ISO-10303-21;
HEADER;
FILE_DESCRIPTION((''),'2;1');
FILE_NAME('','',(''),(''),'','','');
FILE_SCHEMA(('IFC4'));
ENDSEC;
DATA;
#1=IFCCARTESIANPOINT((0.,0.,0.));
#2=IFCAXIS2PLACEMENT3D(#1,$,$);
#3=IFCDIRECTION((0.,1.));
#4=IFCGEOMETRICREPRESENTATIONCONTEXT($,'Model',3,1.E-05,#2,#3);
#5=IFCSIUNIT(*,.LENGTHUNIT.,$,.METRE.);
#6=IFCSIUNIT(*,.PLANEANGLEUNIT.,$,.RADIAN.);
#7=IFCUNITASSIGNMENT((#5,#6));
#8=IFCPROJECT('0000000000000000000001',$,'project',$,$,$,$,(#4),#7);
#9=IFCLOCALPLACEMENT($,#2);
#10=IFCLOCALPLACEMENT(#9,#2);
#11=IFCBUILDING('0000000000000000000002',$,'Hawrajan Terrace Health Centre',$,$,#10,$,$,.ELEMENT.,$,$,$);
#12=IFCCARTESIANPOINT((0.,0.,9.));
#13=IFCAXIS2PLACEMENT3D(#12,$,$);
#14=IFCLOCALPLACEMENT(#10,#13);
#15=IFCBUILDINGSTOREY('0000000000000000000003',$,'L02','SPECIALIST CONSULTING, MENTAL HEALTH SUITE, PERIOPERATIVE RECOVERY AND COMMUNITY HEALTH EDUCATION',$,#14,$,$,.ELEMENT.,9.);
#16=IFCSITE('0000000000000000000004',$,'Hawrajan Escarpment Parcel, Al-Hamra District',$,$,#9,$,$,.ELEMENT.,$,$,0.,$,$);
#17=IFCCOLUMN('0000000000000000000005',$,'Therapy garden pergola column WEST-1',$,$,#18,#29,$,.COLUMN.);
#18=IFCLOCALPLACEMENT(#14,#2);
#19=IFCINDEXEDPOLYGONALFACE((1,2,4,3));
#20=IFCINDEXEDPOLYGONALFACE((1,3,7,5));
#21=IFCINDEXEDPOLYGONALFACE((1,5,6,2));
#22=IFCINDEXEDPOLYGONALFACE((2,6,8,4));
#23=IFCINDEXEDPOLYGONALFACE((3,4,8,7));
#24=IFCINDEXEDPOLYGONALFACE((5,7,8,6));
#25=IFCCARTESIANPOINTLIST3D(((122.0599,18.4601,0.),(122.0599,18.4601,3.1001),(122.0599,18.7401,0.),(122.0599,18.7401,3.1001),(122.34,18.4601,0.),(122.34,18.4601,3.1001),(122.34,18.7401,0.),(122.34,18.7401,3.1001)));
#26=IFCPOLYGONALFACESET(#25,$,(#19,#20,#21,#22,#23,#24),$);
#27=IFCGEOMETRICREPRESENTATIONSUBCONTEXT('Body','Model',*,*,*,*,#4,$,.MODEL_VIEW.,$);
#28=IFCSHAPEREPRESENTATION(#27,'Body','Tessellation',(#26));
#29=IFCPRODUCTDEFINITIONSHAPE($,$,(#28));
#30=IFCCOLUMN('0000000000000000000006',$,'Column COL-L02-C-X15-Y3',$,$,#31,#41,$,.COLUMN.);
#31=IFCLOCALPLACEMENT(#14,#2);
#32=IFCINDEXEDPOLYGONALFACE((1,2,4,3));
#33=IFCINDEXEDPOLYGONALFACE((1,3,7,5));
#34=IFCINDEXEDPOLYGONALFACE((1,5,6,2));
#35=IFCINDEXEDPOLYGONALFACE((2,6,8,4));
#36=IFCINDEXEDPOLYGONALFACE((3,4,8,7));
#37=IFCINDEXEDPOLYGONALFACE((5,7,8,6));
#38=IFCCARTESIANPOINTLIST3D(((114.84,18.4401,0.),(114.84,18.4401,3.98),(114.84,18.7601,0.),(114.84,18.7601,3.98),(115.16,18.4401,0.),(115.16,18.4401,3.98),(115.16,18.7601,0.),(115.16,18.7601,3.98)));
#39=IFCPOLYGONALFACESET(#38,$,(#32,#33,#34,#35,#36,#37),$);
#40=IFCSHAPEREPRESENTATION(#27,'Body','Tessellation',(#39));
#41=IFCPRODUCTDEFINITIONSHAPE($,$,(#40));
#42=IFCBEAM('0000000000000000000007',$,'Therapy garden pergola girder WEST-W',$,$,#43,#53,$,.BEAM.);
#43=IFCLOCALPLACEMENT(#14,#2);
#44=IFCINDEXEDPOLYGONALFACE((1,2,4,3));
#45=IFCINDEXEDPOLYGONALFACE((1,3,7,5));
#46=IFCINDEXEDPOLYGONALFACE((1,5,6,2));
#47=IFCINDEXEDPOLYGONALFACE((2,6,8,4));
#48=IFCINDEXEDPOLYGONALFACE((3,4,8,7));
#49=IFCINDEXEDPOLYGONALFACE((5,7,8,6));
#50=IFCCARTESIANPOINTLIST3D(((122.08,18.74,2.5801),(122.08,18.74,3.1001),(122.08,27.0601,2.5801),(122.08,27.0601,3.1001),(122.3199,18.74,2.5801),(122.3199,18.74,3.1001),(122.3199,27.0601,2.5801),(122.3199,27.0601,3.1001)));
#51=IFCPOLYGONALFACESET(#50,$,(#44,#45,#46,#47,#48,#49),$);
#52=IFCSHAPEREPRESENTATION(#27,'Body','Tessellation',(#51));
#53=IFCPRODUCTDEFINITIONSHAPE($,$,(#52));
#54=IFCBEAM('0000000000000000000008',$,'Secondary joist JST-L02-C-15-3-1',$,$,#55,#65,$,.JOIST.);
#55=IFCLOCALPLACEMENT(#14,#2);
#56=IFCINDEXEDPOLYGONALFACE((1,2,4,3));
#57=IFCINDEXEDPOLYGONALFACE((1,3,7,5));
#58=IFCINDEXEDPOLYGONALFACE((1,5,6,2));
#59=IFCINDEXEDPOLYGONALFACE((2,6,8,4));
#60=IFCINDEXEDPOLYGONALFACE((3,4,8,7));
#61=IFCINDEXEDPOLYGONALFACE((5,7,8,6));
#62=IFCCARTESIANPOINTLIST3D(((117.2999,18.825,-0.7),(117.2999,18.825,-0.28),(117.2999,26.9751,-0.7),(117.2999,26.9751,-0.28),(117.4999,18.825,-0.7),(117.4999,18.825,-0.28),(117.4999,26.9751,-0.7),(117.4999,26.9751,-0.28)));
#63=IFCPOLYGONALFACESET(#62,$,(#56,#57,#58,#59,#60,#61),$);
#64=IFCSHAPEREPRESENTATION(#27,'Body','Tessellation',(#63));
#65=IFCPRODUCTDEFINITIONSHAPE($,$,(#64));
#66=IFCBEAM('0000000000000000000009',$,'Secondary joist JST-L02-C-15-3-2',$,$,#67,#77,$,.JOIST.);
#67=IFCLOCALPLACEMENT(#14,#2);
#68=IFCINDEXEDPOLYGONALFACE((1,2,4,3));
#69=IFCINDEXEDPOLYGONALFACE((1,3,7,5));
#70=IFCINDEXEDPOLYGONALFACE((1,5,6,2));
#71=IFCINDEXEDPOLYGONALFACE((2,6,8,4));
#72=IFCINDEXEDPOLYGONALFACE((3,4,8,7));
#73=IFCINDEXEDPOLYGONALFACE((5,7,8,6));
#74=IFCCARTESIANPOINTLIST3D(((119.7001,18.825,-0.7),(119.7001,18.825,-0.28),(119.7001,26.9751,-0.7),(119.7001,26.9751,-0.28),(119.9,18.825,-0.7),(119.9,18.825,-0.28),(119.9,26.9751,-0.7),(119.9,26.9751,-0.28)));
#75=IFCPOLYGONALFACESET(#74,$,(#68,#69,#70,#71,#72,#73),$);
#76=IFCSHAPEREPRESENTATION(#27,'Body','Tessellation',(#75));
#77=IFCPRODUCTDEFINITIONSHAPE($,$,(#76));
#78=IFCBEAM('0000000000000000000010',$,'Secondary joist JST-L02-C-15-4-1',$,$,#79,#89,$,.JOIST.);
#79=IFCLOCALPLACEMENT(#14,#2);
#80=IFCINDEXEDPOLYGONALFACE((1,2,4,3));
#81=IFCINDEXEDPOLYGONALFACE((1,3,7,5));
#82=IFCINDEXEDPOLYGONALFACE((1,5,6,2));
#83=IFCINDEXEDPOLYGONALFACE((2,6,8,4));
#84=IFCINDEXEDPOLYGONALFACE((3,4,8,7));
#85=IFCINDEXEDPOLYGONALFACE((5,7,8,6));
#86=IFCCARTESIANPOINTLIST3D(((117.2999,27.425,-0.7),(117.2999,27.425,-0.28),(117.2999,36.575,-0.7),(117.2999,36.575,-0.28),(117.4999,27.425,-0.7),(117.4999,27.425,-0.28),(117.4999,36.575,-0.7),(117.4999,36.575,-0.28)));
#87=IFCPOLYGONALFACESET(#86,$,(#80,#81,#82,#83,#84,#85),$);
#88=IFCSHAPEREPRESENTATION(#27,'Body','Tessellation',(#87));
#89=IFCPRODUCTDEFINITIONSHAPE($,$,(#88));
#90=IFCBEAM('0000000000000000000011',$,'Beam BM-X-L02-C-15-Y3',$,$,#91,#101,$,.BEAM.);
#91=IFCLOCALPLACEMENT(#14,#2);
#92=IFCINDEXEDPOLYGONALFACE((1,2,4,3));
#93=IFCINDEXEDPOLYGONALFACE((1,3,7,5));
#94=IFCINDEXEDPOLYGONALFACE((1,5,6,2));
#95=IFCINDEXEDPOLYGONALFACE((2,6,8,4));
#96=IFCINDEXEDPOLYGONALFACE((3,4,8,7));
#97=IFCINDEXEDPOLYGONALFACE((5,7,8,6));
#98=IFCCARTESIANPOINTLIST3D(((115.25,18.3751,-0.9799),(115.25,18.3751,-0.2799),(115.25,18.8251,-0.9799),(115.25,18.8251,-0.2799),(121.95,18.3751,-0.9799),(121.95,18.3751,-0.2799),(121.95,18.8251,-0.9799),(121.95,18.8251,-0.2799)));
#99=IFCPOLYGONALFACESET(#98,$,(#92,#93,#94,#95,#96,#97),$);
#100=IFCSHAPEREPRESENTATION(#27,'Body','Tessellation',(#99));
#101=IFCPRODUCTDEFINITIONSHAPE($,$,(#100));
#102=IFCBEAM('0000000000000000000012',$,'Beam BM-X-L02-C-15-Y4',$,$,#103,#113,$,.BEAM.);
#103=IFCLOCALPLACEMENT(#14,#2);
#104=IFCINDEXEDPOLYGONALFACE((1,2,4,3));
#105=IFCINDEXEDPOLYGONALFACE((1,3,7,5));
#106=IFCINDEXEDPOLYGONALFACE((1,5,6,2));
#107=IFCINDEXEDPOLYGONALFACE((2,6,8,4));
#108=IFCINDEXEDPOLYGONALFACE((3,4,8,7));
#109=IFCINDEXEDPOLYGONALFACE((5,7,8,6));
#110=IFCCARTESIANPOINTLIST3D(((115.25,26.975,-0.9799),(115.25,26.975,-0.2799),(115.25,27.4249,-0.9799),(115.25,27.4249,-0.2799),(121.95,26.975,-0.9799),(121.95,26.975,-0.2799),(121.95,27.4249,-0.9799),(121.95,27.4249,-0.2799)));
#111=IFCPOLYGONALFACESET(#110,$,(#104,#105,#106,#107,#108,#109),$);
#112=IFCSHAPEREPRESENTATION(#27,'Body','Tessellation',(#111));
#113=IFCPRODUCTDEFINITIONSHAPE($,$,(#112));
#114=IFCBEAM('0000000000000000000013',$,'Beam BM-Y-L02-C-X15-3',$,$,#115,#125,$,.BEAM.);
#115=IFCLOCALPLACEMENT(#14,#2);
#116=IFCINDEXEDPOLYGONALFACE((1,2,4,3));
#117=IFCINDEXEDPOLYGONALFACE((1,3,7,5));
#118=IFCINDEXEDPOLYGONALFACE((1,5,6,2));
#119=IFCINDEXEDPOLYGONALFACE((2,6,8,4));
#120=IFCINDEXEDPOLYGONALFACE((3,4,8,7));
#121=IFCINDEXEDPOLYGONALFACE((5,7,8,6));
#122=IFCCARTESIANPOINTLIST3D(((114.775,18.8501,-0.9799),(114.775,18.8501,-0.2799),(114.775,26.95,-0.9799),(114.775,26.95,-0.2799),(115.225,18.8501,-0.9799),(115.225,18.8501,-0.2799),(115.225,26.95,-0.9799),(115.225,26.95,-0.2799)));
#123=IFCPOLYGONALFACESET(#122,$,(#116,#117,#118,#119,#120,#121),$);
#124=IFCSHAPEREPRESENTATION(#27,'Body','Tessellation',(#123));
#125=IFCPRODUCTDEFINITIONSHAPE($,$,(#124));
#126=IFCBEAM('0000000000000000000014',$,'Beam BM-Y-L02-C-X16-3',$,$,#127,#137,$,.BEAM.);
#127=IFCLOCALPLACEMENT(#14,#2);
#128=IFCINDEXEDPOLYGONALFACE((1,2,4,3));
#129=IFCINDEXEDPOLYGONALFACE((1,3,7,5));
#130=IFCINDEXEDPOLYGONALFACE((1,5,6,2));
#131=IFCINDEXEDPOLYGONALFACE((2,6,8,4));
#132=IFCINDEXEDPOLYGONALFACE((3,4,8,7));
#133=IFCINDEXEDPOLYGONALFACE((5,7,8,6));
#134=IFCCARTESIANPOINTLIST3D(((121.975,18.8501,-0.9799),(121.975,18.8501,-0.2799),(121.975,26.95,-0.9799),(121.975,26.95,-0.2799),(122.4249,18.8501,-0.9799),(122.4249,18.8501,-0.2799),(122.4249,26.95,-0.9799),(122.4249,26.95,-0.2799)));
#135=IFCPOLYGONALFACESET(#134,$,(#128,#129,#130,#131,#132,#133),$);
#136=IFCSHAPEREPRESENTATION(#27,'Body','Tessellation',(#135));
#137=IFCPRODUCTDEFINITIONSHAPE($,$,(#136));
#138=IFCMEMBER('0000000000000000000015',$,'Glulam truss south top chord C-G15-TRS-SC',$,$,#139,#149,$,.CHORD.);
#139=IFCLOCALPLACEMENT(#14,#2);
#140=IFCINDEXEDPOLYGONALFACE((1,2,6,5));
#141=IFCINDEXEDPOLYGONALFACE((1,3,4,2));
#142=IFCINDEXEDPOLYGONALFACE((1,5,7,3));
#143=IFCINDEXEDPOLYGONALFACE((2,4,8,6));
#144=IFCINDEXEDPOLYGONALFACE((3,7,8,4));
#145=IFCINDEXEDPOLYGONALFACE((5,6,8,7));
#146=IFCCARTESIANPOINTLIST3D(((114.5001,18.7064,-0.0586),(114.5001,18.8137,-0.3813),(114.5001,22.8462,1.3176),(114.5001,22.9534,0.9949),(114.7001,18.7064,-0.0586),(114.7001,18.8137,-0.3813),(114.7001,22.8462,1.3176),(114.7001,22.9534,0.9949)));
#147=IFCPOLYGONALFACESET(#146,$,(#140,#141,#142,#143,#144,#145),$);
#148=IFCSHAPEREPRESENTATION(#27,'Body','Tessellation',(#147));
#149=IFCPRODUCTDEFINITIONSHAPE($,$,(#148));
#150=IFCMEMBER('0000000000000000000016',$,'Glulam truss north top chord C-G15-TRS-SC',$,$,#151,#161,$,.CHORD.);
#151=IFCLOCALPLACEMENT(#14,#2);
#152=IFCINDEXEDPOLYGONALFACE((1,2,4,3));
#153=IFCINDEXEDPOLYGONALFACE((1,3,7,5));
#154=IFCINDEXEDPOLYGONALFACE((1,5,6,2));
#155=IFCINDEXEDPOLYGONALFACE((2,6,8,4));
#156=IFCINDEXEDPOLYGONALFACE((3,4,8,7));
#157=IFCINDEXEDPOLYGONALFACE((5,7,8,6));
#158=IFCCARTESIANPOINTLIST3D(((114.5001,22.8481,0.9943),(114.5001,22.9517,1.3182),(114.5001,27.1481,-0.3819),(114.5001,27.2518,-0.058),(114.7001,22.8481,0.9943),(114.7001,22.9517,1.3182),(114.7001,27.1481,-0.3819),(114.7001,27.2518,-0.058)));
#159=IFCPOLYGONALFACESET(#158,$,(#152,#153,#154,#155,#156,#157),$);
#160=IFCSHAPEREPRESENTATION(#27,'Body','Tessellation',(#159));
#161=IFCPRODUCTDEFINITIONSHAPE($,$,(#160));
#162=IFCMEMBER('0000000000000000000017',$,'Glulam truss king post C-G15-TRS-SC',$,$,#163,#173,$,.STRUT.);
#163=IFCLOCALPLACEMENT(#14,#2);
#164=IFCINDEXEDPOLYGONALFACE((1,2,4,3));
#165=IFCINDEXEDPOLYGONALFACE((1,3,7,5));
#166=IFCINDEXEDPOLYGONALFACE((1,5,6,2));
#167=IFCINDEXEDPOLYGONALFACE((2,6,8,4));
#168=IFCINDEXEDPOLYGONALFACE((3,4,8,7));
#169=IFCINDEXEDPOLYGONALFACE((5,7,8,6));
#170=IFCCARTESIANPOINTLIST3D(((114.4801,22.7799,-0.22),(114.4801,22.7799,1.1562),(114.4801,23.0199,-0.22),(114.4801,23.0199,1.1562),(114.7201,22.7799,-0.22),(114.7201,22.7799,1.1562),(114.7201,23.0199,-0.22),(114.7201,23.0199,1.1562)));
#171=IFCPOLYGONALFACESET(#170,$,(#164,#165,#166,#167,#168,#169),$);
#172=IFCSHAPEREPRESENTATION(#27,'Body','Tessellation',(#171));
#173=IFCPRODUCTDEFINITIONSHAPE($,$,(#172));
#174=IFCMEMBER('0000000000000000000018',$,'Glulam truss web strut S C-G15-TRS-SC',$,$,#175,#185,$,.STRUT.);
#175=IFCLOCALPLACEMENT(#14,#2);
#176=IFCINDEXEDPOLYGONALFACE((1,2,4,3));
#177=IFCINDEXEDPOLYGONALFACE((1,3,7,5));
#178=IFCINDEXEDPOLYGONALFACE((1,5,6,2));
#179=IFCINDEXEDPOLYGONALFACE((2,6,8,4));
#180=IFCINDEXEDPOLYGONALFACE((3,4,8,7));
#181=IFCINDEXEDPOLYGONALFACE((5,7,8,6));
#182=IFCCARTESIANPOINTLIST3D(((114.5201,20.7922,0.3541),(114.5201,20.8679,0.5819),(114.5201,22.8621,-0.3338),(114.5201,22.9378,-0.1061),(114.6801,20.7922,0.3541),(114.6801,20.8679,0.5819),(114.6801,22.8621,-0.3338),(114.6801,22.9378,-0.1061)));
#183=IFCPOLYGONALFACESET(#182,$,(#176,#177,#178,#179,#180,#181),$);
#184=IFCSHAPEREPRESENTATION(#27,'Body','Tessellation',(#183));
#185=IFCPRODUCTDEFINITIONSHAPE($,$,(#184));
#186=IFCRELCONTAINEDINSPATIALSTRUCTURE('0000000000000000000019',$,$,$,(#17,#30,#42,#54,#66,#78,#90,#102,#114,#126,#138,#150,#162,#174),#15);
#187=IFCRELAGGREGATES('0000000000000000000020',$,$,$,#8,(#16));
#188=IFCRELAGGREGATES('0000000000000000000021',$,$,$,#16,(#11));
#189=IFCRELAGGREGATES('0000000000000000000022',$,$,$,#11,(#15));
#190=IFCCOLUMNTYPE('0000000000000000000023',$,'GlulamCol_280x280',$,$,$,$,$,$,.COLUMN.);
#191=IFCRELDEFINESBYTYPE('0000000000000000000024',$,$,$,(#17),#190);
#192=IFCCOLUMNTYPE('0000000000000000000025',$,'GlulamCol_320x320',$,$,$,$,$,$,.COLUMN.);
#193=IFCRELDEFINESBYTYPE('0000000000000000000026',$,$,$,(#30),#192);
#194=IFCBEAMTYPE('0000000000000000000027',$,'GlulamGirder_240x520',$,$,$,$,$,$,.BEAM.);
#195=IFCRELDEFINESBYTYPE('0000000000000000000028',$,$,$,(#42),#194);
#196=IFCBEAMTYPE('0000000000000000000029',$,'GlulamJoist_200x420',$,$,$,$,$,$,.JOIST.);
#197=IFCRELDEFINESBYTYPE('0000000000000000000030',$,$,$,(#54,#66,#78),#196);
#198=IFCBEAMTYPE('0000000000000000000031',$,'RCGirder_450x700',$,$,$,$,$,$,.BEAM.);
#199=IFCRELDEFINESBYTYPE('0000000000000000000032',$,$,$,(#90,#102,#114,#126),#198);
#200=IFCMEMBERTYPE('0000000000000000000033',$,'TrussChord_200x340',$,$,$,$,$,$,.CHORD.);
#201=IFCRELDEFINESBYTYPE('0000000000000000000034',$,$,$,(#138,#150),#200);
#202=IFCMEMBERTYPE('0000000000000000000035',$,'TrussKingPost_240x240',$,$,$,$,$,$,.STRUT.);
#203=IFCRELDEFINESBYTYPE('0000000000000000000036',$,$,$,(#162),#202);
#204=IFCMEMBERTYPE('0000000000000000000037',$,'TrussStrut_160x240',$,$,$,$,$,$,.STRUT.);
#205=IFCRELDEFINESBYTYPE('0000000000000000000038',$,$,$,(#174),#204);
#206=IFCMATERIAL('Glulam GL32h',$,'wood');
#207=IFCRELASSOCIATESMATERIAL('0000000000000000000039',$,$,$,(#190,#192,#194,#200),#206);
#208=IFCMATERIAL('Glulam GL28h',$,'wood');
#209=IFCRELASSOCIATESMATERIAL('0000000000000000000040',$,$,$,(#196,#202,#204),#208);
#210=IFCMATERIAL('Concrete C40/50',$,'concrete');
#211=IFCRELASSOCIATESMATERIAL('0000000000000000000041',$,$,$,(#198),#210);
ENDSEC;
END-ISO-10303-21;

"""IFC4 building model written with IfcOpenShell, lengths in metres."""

from ifc_helpers import new_model, si_unit, direction, frame, origin, origin_2d, place, context, subcontext, project, spatial, rectangle, extrude, material, material_profile, profile_set, type_object, element, save


model = new_model("IFC4")

# Units and contexts
model_context = context("Model", 3, precision=1e-05, world=origin(), true_north=direction((0.0, 1.0)))
body_context = subcontext(model_context, "Body", "Model", "MODEL_VIEW")
ifc_project = project(units=[si_unit("LENGTHUNIT", "METRE"), si_unit("PLANEANGLEUNIT", "RADIAN")], contexts=[model_context])

# Site, building, storey
site_placement = place(None, origin())
site = spatial("IfcSite", under=ifc_project, at=site_placement, Name="Hawrajan Escarpment Parcel, Al-Hamra District", CompositionType="ELEMENT", RefElevation=0.0)
building_placement = place(site_placement, origin())
building = spatial("IfcBuilding", under=site, at=building_placement, Name="Hawrajan Terrace Health Centre", CompositionType="ELEMENT")
storey_placement = place(building_placement, frame((0.0, 0.0, 9.0)))
storey = spatial("IfcBuildingStorey", under=building, at=storey_placement, Name="L02", Description="SPECIALIST CONSULTING, MENTAL HEALTH SUITE, PERIOPERATIVE RECOVERY AND COMMUNITY HEALTH EDUCATION", CompositionType="ELEMENT", Elevation=9.0)

# Columns
ifc_material_1 = material(Name="Glulam GL32h", Category="wood")
ifc_material_profile_1 = material_profile(ifc_material_1, rectangle(XDim=0.28, YDim=0.28, at=origin_2d()), Name="GL 280x280")
ifc_profile_set_1 = profile_set([ifc_material_profile_1], Name="Glulam GL32h")
column_type_1 = type_object("IfcColumnType", Name="GlulamCol_280x280", PredefinedType="COLUMN", material=ifc_profile_set_1)
column_1_placement = place(storey_placement, frame((122.2, 18.6001, 0.0), z_axis=(0.0, 0.0, 1.0), x_axis=(1.0, 0.0, 0.0)))
element("IfcColumn", 1, at=column_1_placement, inside=storey, type_object=column_type_1, Name="Therapy garden pergola column WEST-1", PredefinedType="COLUMN", context=body_context, shape_type="SweptSolid", body=[
    extrude(rectangle(XDim=0.28, YDim=0.28, at=origin_2d()), origin(), (0.0, 0.0, 1.0), 3.1001),
])
ifc_material_profile_2 = material_profile(ifc_material_1, rectangle(XDim=0.3201, YDim=0.3201, at=origin_2d()), Name="GL 320x320")
ifc_profile_set_2 = profile_set([ifc_material_profile_2], Name="Glulam GL32h")
column_type_2 = type_object("IfcColumnType", Name="GlulamCol_320x320", PredefinedType="COLUMN", material=ifc_profile_set_2)
column_2_placement = place(storey_placement, frame((115.0, 18.6001, 0.0), z_axis=(0.0, 0.0, 1.0), x_axis=(1.0, 0.0, 0.0)))
element("IfcColumn", 2, at=column_2_placement, inside=storey, type_object=column_type_2, Name="Column COL-L02-C-X15-Y3", PredefinedType="COLUMN", context=body_context, shape_type="SweptSolid", body=[
    extrude(rectangle(XDim=0.3201, YDim=0.3201, at=origin_2d()), origin(), (0.0, 0.0, 1.0), 3.98),
])

# Beams
ifc_material_profile_3 = material_profile(ifc_material_1, rectangle(XDim=0.24, YDim=0.52, at=origin_2d()), Name="GL BM 240x520")
ifc_profile_set_3 = profile_set([ifc_material_profile_3], Name="Glulam GL32h")
beam_type_1 = type_object("IfcBeamType", Name="GlulamGirder_240x520", PredefinedType="BEAM", material=ifc_profile_set_3)
beam_1_placement = place(storey_placement, frame((122.2, 18.74, 2.8401), z_axis=(0.0, 1.0, 0.0), x_axis=(-1.0, 0.0, 0.0)))
element("IfcBeam", 3, at=beam_1_placement, inside=storey, type_object=beam_type_1, Name="Therapy garden pergola girder WEST-W", PredefinedType="BEAM", context=body_context, shape_type="SweptSolid", body=[
    extrude(rectangle(XDim=0.24, YDim=0.52, at=origin_2d()), origin(), (0.0, 0.0, 1.0), 8.3201),
])
ifc_material_2 = material(Name="Glulam GL28h", Category="wood")
ifc_material_profile_4 = material_profile(ifc_material_2, rectangle(XDim=0.2, YDim=0.4199, at=origin_2d()), Name="GL JST 200x420")
ifc_profile_set_4 = profile_set([ifc_material_profile_4], Name="Glulam GL28h")
beam_type_2 = type_object("IfcBeamType", Name="GlulamJoist_200x420", PredefinedType="JOIST", material=ifc_profile_set_4)
for number, where, z_axis, x_axis, name in (
    (4, (117.3999, 18.825, -0.49), (0.0, 1.0, 0.0), (-1.0, 0.0, 0.0), "Secondary joist JST-L02-C-15-3-1"),
    (5, (119.8, 18.825, -0.49), (0.0, 1.0, 0.0), (-1.0, 0.0, 0.0), "Secondary joist JST-L02-C-15-3-2"),
):
    element("IfcBeam", number, at=place(storey_placement, frame(where, z_axis=z_axis, x_axis=x_axis)), inside=storey, type_object=beam_type_2, Name=name, PredefinedType="JOIST", context=body_context, shape_type="SweptSolid", body=[
        extrude(rectangle(XDim=0.2, YDim=0.4199, at=origin_2d()), origin(), (0.0, 0.0, 1.0), 8.1501),
    ])
beam_2_placement = place(storey_placement, frame((117.3999, 27.425, -0.49), z_axis=(0.0, 1.0, 0.0), x_axis=(-1.0, 0.0, 0.0)))
element("IfcBeam", 6, at=beam_2_placement, inside=storey, type_object=beam_type_2, Name="Secondary joist JST-L02-C-15-4-1", PredefinedType="JOIST", context=body_context, shape_type="SweptSolid", body=[
    extrude(rectangle(XDim=0.2, YDim=0.4199, at=origin_2d()), origin(), (0.0, 0.0, 1.0), 9.1499),
])
ifc_material_3 = material(Name="Concrete C40/50", Category="concrete")
ifc_material_profile_5 = material_profile(ifc_material_3, rectangle(XDim=0.45, YDim=0.7, at=origin_2d()), Name="RC BM 450x700")
ifc_profile_set_5 = profile_set([ifc_material_profile_5], Name="Concrete C40/50")
beam_type_3 = type_object("IfcBeamType", Name="RCGirder_450x700", PredefinedType="BEAM", material=ifc_profile_set_5)
for number, where, z_axis, x_axis, name in (
    (7, (115.25, 18.6001, -0.6299), (1.0, 0.0, 0.0), (0.0, 1.0, 0.0), "Beam BM-X-L02-C-15-Y3"),
    (8, (115.25, 27.2, -0.6299), (1.0, 0.0, 0.0), (0.0, 1.0, 0.0), "Beam BM-X-L02-C-15-Y4"),
):
    element("IfcBeam", number, at=place(storey_placement, frame(where, z_axis=z_axis, x_axis=x_axis)), inside=storey, type_object=beam_type_3, Name=name, PredefinedType="BEAM", context=body_context, shape_type="SweptSolid", body=[
        extrude(rectangle(XDim=0.45, YDim=0.7, at=origin_2d()), origin(), (0.0, 0.0, 1.0), 6.7),
    ])
for number, where, z_axis, x_axis, name in (
    (9, (115.0, 18.8501, -0.6299), (0.0, 1.0, 0.0), (-1.0, 0.0, 0.0), "Beam BM-Y-L02-C-X15-3"),
    (10, (122.2, 18.8501, -0.6299), (0.0, 1.0, 0.0), (-1.0, 0.0, 0.0), "Beam BM-Y-L02-C-X16-3"),
):
    element("IfcBeam", number, at=place(storey_placement, frame(where, z_axis=z_axis, x_axis=x_axis)), inside=storey, type_object=beam_type_3, Name=name, PredefinedType="BEAM", context=body_context, shape_type="SweptSolid", body=[
        extrude(rectangle(XDim=0.45, YDim=0.7, at=origin_2d()), origin(), (0.0, 0.0, 1.0), 8.0999),
    ])

# Members
ifc_material_profile_6 = material_profile(ifc_material_1, rectangle(XDim=0.2, YDim=0.3401, at=origin_2d()), Name="GL CHD 200x340")
ifc_profile_set_6 = profile_set([ifc_material_profile_6], Name="Glulam GL32h")
member_type_1 = type_object("IfcMemberType", Name="TrussChord_200x340", PredefinedType="CHORD", material=ifc_profile_set_6)
member_1_placement = place(storey_placement, frame((114.6001, 18.76, -0.22), z_axis=(0.0, 0.94894, 0.315455), x_axis=(-1.0, 0.0, 0.0)))
element("IfcMember", 11, at=member_1_placement, inside=storey, type_object=member_type_1, Name="Glulam truss south top chord C-G15-TRS-SC", PredefinedType="CHORD", context=body_context, shape_type="SweptSolid", body=[
    extrude(rectangle(XDim=0.2, YDim=0.3401, at=origin_2d()), origin(), (0.0, 0.0, 1.0), 4.3625),
])
member_2_placement = place(storey_placement, frame((114.6001, 22.8999, 1.1562), z_axis=(0.0, 0.952411, -0.304817), x_axis=(-1.0, 0.0, 0.0)))
element("IfcMember", 12, at=member_2_placement, inside=storey, type_object=member_type_1, Name="Glulam truss north top chord C-G15-TRS-SC", PredefinedType="CHORD", context=body_context, shape_type="SweptSolid", body=[
    extrude(rectangle(XDim=0.2, YDim=0.3401, at=origin_2d()), origin(), (0.0, 0.0, 1.0), 4.5149),
])
ifc_material_profile_7 = material_profile(ifc_material_2, rectangle(XDim=0.24, YDim=0.24, at=origin_2d()), Name="GL KP 240x240")
ifc_profile_set_7 = profile_set([ifc_material_profile_7], Name="Glulam GL28h")
member_type_2 = type_object("IfcMemberType", Name="TrussKingPost_240x240", PredefinedType="STRUT", material=ifc_profile_set_7)
member_3_placement = place(storey_placement, frame((114.6001, 22.8999, -0.22), z_axis=(0.0, 0.0, 1.0), x_axis=(1.0, 0.0, 0.0)))
element("IfcMember", 13, at=member_3_placement, inside=storey, type_object=member_type_2, Name="Glulam truss king post C-G15-TRS-SC", PredefinedType="STRUT", context=body_context, shape_type="SweptSolid", body=[
    extrude(rectangle(XDim=0.24, YDim=0.24, at=origin_2d()), origin(), (0.0, 0.0, 1.0), 1.3762),
])
ifc_material_profile_8 = material_profile(ifc_material_2, rectangle(XDim=0.1599, YDim=0.24, at=origin_2d()), Name="GL WEB 160x240")
ifc_profile_set_8 = profile_set([ifc_material_profile_8], Name="Glulam GL28h")
member_type_3 = type_object("IfcMemberType", Name="TrussStrut_160x240", PredefinedType="STRUT", material=ifc_profile_set_8)
member_4_placement = place(storey_placement, frame((114.6001, 22.8999, -0.22), z_axis=(0.0, -0.948952, 0.315422), x_axis=(1.0, 0.0, 0.0)))
element("IfcMember", 14, at=member_4_placement, inside=storey, type_object=member_type_3, Name="Glulam truss web strut S C-G15-TRS-SC", PredefinedType="STRUT", context=body_context, shape_type="SweptSolid", body=[
    extrude(rectangle(XDim=0.1599, YDim=0.24, at=origin_2d()), origin(), (0.0, 0.0, 1.0), 2.1812),
])

save(model, "model.ifc")
